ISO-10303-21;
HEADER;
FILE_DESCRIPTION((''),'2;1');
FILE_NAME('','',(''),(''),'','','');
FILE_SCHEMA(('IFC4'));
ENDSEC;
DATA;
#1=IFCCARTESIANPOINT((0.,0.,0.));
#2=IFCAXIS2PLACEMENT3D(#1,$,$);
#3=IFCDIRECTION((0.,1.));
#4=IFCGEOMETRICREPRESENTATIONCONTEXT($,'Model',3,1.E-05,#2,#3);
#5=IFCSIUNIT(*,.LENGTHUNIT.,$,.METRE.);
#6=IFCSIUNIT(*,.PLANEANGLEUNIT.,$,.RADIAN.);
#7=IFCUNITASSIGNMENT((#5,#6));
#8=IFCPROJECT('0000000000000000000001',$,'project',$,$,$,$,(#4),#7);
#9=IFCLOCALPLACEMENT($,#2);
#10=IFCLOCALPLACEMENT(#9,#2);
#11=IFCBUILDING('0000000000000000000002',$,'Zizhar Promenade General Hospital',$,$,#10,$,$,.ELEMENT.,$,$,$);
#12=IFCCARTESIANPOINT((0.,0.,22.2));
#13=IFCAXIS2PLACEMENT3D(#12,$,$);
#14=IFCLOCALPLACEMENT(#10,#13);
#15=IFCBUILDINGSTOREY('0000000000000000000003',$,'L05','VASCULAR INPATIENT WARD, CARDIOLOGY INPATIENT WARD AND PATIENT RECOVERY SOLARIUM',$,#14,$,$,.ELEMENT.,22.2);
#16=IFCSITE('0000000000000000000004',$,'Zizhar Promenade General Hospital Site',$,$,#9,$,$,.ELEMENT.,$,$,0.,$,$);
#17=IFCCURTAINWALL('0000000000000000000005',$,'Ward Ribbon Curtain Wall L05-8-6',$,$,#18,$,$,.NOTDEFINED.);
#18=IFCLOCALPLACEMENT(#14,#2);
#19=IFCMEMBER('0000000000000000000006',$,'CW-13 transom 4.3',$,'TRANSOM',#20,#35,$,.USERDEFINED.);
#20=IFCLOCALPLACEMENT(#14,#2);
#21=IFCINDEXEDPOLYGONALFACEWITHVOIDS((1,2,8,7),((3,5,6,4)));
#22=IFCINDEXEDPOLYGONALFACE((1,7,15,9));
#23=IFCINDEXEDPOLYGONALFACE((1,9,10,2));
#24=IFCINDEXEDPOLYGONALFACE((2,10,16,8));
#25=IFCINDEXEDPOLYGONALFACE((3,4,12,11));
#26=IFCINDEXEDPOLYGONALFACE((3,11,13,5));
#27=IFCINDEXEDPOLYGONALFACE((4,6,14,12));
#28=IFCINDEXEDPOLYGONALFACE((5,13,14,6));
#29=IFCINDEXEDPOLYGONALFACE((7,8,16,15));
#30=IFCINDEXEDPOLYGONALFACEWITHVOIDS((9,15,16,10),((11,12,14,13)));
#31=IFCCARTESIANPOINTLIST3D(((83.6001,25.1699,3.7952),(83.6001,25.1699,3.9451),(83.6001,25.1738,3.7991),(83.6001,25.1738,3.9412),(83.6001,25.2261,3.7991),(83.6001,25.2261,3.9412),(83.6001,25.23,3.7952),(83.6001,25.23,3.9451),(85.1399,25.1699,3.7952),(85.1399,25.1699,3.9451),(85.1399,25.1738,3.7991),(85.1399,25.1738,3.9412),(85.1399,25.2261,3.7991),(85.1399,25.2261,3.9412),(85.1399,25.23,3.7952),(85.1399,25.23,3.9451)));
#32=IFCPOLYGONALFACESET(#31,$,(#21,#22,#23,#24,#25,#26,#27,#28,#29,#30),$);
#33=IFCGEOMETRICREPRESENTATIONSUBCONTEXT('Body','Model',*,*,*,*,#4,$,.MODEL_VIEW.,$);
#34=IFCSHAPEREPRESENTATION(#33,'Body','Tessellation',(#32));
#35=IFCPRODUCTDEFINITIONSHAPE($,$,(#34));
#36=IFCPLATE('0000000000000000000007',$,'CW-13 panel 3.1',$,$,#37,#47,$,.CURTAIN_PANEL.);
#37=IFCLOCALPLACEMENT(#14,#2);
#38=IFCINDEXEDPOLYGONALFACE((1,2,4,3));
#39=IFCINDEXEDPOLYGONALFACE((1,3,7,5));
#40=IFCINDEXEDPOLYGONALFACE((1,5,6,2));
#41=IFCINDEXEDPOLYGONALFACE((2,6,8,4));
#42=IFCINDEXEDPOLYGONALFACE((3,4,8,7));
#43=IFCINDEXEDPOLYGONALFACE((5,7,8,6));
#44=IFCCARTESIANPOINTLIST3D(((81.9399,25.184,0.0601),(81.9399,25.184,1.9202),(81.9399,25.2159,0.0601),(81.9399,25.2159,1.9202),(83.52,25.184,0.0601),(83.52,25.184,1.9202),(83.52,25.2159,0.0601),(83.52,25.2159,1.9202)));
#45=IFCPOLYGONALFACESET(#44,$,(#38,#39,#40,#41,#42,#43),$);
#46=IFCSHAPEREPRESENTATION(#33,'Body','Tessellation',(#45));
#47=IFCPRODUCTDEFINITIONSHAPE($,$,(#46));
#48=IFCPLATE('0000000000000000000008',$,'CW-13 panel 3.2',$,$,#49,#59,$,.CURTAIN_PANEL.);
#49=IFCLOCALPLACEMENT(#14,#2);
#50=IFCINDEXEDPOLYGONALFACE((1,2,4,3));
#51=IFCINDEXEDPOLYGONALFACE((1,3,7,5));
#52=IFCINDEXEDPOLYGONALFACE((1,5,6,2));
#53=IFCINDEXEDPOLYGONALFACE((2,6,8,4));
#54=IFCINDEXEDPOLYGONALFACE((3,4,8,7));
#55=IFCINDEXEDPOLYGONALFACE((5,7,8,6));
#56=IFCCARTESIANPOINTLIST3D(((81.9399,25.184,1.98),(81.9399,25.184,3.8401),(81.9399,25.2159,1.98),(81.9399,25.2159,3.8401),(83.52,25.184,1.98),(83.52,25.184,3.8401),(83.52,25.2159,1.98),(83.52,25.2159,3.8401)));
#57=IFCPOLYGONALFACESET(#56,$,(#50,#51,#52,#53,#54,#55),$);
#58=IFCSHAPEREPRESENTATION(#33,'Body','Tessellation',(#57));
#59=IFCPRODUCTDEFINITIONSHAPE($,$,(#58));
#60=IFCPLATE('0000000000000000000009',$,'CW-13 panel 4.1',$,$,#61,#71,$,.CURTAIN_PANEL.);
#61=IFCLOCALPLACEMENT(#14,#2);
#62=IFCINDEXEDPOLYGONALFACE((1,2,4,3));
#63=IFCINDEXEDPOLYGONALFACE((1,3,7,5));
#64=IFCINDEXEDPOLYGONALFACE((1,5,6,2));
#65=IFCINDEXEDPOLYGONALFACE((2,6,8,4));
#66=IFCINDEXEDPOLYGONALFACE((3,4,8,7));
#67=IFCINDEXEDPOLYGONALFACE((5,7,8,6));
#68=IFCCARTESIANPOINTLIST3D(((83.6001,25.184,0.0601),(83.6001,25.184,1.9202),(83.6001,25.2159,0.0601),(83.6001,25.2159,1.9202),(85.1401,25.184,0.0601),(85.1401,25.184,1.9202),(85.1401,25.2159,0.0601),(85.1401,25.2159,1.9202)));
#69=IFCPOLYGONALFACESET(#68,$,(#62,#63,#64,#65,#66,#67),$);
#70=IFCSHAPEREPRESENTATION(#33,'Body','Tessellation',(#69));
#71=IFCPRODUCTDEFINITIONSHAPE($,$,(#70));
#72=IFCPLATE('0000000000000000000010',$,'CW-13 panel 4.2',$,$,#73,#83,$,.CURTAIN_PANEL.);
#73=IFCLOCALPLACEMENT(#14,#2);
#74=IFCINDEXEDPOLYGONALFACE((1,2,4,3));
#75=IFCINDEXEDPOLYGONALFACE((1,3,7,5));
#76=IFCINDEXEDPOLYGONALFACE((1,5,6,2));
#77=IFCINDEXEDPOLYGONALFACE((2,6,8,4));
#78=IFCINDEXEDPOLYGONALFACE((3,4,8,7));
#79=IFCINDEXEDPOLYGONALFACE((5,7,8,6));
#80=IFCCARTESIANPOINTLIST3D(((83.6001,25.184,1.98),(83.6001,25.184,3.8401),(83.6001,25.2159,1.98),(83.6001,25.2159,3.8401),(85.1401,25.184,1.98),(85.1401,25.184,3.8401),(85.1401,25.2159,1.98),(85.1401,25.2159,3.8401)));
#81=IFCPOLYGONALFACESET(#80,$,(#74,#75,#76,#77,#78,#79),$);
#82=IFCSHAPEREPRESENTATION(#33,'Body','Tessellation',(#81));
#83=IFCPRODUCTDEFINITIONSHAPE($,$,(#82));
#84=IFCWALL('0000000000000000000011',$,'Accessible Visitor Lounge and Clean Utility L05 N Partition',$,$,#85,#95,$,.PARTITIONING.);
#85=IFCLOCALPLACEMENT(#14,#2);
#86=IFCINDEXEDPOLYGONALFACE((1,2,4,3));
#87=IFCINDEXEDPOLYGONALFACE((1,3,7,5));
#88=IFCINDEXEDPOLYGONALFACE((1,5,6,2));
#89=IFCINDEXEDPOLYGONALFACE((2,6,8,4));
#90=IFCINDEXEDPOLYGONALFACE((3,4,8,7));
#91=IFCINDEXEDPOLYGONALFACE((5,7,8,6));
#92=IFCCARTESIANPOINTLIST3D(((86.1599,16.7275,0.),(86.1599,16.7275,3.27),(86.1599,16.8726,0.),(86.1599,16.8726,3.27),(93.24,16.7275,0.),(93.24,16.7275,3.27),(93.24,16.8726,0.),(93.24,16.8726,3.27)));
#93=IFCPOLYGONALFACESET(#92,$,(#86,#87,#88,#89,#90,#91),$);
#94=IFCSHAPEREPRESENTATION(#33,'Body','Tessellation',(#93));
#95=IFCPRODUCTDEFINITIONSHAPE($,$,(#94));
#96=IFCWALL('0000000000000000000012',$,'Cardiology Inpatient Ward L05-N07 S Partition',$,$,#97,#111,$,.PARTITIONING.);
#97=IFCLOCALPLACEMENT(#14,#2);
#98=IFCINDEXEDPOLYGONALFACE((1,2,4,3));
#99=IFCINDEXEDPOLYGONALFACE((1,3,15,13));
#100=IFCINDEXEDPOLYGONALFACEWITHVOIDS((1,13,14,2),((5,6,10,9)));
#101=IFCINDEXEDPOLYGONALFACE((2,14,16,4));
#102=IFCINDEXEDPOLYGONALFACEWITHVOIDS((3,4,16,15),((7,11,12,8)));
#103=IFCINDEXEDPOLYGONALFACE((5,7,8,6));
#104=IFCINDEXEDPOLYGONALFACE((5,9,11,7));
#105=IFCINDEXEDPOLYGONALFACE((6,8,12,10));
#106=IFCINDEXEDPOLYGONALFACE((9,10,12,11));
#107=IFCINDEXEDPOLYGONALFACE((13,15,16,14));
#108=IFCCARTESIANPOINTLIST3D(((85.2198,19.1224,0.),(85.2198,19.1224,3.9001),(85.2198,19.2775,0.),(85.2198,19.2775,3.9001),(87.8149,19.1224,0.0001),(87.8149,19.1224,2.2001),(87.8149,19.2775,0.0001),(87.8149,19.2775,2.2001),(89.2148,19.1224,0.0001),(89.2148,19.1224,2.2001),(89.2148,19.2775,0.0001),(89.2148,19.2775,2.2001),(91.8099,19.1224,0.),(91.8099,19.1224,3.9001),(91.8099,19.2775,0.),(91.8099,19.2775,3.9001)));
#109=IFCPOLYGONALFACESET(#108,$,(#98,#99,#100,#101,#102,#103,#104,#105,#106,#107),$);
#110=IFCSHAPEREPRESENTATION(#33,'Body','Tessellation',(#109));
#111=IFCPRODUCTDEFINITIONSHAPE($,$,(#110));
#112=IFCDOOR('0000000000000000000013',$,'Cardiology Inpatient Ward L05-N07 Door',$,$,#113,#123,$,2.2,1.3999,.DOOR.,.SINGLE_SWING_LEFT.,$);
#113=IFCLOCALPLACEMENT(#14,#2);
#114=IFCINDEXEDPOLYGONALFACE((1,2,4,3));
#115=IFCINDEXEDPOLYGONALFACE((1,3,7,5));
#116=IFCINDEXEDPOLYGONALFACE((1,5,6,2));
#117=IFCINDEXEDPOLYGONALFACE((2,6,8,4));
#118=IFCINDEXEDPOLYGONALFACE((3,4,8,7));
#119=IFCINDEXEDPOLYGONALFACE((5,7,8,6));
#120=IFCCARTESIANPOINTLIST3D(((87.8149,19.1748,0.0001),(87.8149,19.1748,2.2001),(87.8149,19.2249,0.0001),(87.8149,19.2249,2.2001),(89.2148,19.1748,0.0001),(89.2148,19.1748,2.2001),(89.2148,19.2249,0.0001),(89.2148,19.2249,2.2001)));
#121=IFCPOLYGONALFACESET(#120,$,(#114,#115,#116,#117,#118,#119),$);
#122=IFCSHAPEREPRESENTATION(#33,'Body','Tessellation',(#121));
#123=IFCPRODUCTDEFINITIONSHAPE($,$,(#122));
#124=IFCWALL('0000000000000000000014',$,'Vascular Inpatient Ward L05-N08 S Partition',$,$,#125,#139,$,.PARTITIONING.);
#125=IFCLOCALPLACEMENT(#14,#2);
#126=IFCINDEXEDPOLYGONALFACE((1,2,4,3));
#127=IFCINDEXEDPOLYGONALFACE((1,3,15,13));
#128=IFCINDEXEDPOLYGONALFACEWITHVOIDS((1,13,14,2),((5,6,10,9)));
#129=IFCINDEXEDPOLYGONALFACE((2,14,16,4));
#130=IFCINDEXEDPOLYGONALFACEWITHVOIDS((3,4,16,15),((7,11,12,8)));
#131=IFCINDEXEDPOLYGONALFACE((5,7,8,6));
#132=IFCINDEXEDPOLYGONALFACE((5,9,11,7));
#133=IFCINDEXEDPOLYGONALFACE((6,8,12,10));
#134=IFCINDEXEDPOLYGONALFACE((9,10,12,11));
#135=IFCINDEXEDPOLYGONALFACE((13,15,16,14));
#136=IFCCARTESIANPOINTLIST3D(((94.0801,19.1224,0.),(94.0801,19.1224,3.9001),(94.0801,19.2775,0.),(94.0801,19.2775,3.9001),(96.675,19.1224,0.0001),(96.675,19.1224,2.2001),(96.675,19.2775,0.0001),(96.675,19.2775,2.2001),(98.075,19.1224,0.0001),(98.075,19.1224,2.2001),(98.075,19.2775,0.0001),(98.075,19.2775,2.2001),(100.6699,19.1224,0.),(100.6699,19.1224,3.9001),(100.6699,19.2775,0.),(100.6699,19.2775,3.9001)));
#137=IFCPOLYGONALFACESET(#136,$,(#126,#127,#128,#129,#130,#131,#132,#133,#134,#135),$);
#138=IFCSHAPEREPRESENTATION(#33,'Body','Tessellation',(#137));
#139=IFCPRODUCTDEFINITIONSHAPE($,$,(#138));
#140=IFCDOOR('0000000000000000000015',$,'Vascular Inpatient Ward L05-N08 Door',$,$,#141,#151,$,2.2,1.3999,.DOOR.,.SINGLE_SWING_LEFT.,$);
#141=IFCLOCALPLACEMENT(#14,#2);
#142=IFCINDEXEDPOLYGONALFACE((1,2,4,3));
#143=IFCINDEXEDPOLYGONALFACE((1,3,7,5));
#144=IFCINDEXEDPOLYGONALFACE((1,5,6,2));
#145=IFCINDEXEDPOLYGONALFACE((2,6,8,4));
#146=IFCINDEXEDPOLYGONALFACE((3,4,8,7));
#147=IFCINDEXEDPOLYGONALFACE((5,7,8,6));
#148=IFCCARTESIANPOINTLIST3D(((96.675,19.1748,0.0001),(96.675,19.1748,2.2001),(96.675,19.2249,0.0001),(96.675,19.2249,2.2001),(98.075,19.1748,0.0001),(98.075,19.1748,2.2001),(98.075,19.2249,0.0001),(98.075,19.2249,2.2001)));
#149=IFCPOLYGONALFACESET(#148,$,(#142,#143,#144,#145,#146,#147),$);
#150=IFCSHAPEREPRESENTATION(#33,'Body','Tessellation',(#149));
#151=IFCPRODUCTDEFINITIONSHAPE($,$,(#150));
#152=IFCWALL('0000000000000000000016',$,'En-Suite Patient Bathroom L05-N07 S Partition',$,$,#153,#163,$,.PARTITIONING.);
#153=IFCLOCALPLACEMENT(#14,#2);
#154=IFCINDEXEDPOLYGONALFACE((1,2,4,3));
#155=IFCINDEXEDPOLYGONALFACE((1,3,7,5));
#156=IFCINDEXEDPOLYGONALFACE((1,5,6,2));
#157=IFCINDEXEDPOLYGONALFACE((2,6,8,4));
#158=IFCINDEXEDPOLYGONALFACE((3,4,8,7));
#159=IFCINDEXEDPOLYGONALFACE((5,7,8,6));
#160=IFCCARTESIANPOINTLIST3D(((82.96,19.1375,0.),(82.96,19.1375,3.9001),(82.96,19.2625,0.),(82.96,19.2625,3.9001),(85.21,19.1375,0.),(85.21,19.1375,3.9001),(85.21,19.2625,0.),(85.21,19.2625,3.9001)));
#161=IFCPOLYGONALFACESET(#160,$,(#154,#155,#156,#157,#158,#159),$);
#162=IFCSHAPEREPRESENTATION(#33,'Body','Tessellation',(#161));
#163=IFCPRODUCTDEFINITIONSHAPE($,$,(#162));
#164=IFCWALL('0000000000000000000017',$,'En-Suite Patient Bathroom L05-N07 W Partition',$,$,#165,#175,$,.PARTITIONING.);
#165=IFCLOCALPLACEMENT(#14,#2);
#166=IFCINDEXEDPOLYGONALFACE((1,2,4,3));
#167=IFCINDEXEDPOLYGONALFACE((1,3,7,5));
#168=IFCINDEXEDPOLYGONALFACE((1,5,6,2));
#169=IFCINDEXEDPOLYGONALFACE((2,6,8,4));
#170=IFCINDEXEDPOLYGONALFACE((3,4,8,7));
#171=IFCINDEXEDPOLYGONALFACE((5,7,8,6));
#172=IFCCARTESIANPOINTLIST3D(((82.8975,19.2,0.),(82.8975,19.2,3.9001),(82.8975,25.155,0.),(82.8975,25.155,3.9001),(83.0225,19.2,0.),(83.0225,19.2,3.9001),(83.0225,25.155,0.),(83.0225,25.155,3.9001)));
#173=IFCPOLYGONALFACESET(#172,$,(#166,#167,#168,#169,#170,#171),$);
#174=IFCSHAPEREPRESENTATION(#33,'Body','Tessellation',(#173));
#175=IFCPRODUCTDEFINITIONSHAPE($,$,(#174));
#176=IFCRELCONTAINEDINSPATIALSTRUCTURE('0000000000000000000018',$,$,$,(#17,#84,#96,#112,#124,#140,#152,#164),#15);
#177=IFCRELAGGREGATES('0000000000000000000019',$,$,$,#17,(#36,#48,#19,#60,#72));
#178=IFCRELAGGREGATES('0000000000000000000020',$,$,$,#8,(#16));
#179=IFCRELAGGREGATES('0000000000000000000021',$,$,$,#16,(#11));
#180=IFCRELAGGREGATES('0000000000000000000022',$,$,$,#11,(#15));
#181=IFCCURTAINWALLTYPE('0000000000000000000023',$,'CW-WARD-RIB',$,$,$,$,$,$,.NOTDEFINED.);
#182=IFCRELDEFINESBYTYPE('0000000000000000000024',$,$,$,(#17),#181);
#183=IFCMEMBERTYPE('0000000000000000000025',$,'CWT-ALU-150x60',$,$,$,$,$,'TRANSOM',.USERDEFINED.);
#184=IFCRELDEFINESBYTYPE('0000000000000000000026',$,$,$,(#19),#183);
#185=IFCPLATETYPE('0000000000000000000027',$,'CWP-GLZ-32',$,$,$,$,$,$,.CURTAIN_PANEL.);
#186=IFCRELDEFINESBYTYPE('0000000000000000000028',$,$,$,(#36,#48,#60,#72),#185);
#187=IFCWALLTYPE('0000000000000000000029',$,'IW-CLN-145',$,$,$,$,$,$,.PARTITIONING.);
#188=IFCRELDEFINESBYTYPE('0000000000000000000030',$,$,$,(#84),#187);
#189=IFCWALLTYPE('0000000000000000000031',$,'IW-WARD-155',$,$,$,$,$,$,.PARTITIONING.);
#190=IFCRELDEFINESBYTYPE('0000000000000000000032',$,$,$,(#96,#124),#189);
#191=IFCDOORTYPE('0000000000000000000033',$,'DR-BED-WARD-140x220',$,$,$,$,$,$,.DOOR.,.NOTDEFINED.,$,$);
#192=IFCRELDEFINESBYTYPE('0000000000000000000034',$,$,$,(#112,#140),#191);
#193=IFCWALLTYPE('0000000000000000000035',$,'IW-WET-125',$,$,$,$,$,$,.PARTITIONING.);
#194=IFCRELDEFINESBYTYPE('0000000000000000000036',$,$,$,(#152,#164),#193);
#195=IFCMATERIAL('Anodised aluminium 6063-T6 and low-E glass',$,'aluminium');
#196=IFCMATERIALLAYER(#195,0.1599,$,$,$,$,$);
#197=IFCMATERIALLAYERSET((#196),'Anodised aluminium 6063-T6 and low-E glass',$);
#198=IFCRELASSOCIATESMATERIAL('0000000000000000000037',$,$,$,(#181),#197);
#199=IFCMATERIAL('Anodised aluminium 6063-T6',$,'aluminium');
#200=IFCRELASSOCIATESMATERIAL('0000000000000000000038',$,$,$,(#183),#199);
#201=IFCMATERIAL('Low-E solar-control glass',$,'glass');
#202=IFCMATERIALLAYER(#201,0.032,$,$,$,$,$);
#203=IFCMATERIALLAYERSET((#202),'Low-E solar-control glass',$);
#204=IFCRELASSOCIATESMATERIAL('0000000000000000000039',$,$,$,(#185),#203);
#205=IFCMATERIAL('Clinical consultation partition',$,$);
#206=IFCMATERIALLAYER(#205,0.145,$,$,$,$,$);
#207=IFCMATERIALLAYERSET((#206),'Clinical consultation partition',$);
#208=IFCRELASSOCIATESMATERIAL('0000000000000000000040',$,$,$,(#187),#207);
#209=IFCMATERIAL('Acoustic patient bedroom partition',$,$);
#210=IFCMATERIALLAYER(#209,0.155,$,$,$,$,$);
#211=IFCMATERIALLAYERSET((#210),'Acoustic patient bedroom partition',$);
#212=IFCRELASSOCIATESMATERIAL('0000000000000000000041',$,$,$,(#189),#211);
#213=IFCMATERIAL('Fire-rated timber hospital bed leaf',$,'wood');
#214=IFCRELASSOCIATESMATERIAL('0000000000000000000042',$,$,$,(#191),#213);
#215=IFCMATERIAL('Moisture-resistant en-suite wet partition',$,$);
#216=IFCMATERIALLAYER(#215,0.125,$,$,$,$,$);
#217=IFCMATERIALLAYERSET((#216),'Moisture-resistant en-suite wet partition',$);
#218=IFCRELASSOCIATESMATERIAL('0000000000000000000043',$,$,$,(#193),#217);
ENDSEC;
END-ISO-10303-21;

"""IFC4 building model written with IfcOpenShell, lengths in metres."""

from ifc_helpers import new_model, si_unit, direction, frame, frame_2d, origin, origin_2d, place, context, subcontext, project, spatial, rectangle, hollow_rectangle, extrude, material, layer, layer_set, material_profile, profile_set, type_object, element, fill, aggregate, save


model = new_model("IFC4")

# Units and contexts
model_context = context("Model", 3, precision=1e-05, world=origin(), true_north=direction((0.0, 1.0)))
body_context = subcontext(model_context, "Body", "Model", "MODEL_VIEW")
ifc_project = project(units=[si_unit("LENGTHUNIT", "METRE"), si_unit("PLANEANGLEUNIT", "RADIAN")], contexts=[model_context])

# Site, building, storey
site_placement = place(None, origin())
site = spatial("IfcSite", under=ifc_project, at=site_placement, Name="Zizhar Promenade General Hospital Site", CompositionType="ELEMENT", RefElevation=0.0)
building_placement = place(site_placement, origin())
building = spatial("IfcBuilding", under=site, at=building_placement, Name="Zizhar Promenade General Hospital", CompositionType="ELEMENT")
storey_placement = place(building_placement, frame((0.0, 0.0, 22.2)))
storey = spatial("IfcBuildingStorey", under=building, at=storey_placement, Name="L05", Description="VASCULAR INPATIENT WARD, CARDIOLOGY INPATIENT WARD AND PATIENT RECOVERY SOLARIUM", CompositionType="ELEMENT", Elevation=22.2)

# Curtain wall
ifc_material_1 = material(Name="Anodised aluminium 6063-T6 and low-E glass", Category="aluminium")
ifc_layer_1 = layer(ifc_material_1, 0.1599)
ifc_layer_set_1 = layer_set([ifc_layer_1], Name="Anodised aluminium 6063-T6 and low-E glass")
curtain_wall_type = type_object("IfcCurtainWallType", Name="CW-WARD-RIB", PredefinedType="NOTDEFINED", material=ifc_layer_set_1)
curtain_wall_1_placement = place(storey_placement, origin())
curtain_wall_1 = element("IfcCurtainWall", 1, at=curtain_wall_1_placement, inside=storey, type_object=curtain_wall_type, Name="Ward Ribbon Curtain Wall L05-8-6", PredefinedType="NOTDEFINED")

# Member
ifc_material_2 = material(Name="Anodised aluminium 6063-T6", Category="aluminium")
ifc_material_profile_1 = material_profile(ifc_material_2, hollow_rectangle(XDim=0.0601, YDim=0.1499, WallThickness=0.0039, at=origin_2d()))
ifc_profile_set_1 = profile_set([ifc_material_profile_1], Name="Anodised aluminium 6063-T6")
member_type_1 = type_object("IfcMemberType", Name="CWT-ALU-150x60", ElementType="TRANSOM", PredefinedType="USERDEFINED", material=ifc_profile_set_1)
member_1_placement = place(storey_placement, frame((83.6001, 25.2, 3.8701), z_axis=(1.0, 0.0, 0.0), x_axis=(0.0, 1.0, 0.0)))
member_1 = element("IfcMember", 2, at=member_1_placement, type_object=member_type_1, Name="CW-13 transom 4.3", ObjectType="TRANSOM", PredefinedType="USERDEFINED", context=body_context, shape_type="SweptSolid", body=[
    extrude(hollow_rectangle(XDim=0.0601, YDim=0.1499, WallThickness=0.0039, at=origin_2d()), origin(), (0.0, 0.0, 1.0), 1.5398),
])

# Plates
ifc_material_3 = material(Name="Low-E solar-control glass", Category="glass")
ifc_layer_2 = layer(ifc_material_3, 0.032)
ifc_layer_set_2 = layer_set([ifc_layer_2], Name="Low-E solar-control glass")
plate_type = type_object("IfcPlateType", Name="CWP-GLZ-32", PredefinedType="CURTAIN_PANEL", material=ifc_layer_set_2)
plate_1_placement = place(storey_placement, frame((82.73, 25.2, 0.0601), z_axis=(0.0, 0.0, 1.0), x_axis=(1.0, 0.0, 0.0)))
plate_1 = element("IfcPlate", 3, at=plate_1_placement, type_object=plate_type, Name="CW-13 panel 3.1", PredefinedType="CURTAIN_PANEL", context=body_context, shape_type="SweptSolid", body=[
    extrude(rectangle(XDim=1.5801, YDim=0.032, at=origin_2d()), origin(), (0.0, 0.0, 1.0), 1.8601),
])
plate_2_placement = place(storey_placement, frame((82.73, 25.2, 1.98), z_axis=(0.0, 0.0, 1.0), x_axis=(1.0, 0.0, 0.0)))
plate_2 = element("IfcPlate", 4, at=plate_2_placement, type_object=plate_type, Name="CW-13 panel 3.2", PredefinedType="CURTAIN_PANEL", context=body_context, shape_type="SweptSolid", body=[
    extrude(rectangle(XDim=1.5801, YDim=0.032, at=origin_2d()), origin(), (0.0, 0.0, 1.0), 1.8601),
])
plate_3_placement = place(storey_placement, frame((84.3701, 25.2, 0.0601), z_axis=(0.0, 0.0, 1.0), x_axis=(1.0, 0.0, 0.0)))
plate_3 = element("IfcPlate", 5, at=plate_3_placement, type_object=plate_type, Name="CW-13 panel 4.1", PredefinedType="CURTAIN_PANEL", context=body_context, shape_type="SweptSolid", body=[
    extrude(rectangle(XDim=1.54, YDim=0.032, at=origin_2d()), origin(), (0.0, 0.0, 1.0), 1.8601),
])
plate_4_placement = place(storey_placement, frame((84.3701, 25.2, 1.98), z_axis=(0.0, 0.0, 1.0), x_axis=(1.0, 0.0, 0.0)))
plate_4 = element("IfcPlate", 6, at=plate_4_placement, type_object=plate_type, Name="CW-13 panel 4.2", PredefinedType="CURTAIN_PANEL", context=body_context, shape_type="SweptSolid", body=[
    extrude(rectangle(XDim=1.54, YDim=0.032, at=origin_2d()), origin(), (0.0, 0.0, 1.0), 1.8601),
])
aggregate(curtain_wall_1, [plate_1, plate_2, member_1, plate_3, plate_4])

# Wall
ifc_material_4 = material(Name="Clinical consultation partition")
ifc_layer_3 = layer(ifc_material_4, 0.145)
ifc_layer_set_3 = layer_set([ifc_layer_3], Name="Clinical consultation partition")
wall_type_1 = type_object("IfcWallType", Name="IW-CLN-145", PredefinedType="PARTITIONING", material=ifc_layer_set_3)
wall_1_placement = place(storey_placement, frame((86.1599, 16.8, 0.0), z_axis=(0.0, 0.0, 1.0), x_axis=(1.0, 0.0, 0.0)))
element("IfcWall", 7, at=wall_1_placement, inside=storey, type_object=wall_type_1, Name="Accessible Visitor Lounge and Clean Utility L05 N Partition", PredefinedType="PARTITIONING", context=body_context, shape_type="SweptSolid", body=[
    extrude(rectangle(XDim=7.0801, YDim=0.145, at=frame_2d((3.54, 0.0))), origin(), (0.0, 0.0, 1.0), 3.27),
])

# Walls, openings, doors
ifc_material_5 = material(Name="Acoustic patient bedroom partition")
ifc_layer_4 = layer(ifc_material_5, 0.155)
ifc_layer_set_4 = layer_set([ifc_layer_4], Name="Acoustic patient bedroom partition")
wall_type_2 = type_object("IfcWallType", Name="IW-WARD-155", PredefinedType="PARTITIONING", material=ifc_layer_set_4)
wall_2_placement = place(storey_placement, frame((85.22, 19.2, 0.0), z_axis=(0.0, 0.0, 1.0), x_axis=(1.0, 0.0, 0.0)))
wall_2 = element("IfcWall", 8, at=wall_2_placement, inside=storey, type_object=wall_type_2, Name="Cardiology Inpatient Ward L05-N07 S Partition", PredefinedType="PARTITIONING", context=body_context, shape_type="SweptSolid", body=[
    extrude(rectangle(XDim=6.5901, YDim=0.155, at=frame_2d((3.2949, 0.0))), origin(), (0.0, 0.0, 1.0), 3.9001),
])
opening_1_placement = place(wall_2_placement, frame((2.595, 0.0, 0.0)))
opening_1 = element("IfcOpeningElement", 9, at=opening_1_placement, cuts=wall_2, PredefinedType="OPENING", context=body_context, shape_type="SweptSolid", body=[
    extrude(rectangle(XDim=1.3999, YDim=2.2, at=frame_2d((0.7, 1.1001))), frame((0.0, 0.0874, 0.0), z_axis=(0.0, -1.0, 0.0), x_axis=(1.0, 0.0, 0.0)), (0.0, 0.0, 1.0), 0.175),
])
ifc_material_6 = material(Name="Fire-rated timber hospital bed leaf", Category="wood")
door_type_1 = type_object("IfcDoorType", Name="DR-BED-WARD-140x220", OperationType="NOTDEFINED", PredefinedType="DOOR", material=ifc_material_6)
door_1_placement = place(opening_1_placement, origin())
door_1 = element("IfcDoor", 10, at=door_1_placement, inside=storey, type_object=door_type_1, Name="Cardiology Inpatient Ward L05-N07 Door", OperationType="SINGLE_SWING_LEFT", OverallHeight=2.2, OverallWidth=1.3999, PredefinedType="DOOR", context=body_context, shape_type="SweptSolid", body=[
    extrude(rectangle(XDim=1.3999, YDim=2.2, at=frame_2d((0.7, 1.1001))), frame((0.0, 0.0249, 0.0), z_axis=(0.0, -1.0, 0.0), x_axis=(1.0, 0.0, 0.0)), (0.0, 0.0, 1.0), 0.05),
])
fill(opening_1, door_1)
wall_3_placement = place(storey_placement, frame((94.0801, 19.2, 0.0), z_axis=(0.0, 0.0, 1.0), x_axis=(1.0, 0.0, 0.0)))
wall_3 = element("IfcWall", 11, at=wall_3_placement, inside=storey, type_object=wall_type_2, Name="Vascular Inpatient Ward L05-N08 S Partition", PredefinedType="PARTITIONING", context=body_context, shape_type="SweptSolid", body=[
    extrude(rectangle(XDim=6.5898, YDim=0.155, at=frame_2d((3.2949, 0.0))), origin(), (0.0, 0.0, 1.0), 3.9001),
])
opening_2_placement = place(wall_3_placement, frame((2.595, 0.0, 0.0)))
opening_2 = element("IfcOpeningElement", 12, at=opening_2_placement, cuts=wall_3, PredefinedType="OPENING", context=body_context, shape_type="SweptSolid", body=[
    extrude(rectangle(XDim=1.3999, YDim=2.2, at=frame_2d((0.7, 1.1001))), frame((0.0, 0.0874, 0.0), z_axis=(0.0, -1.0, 0.0), x_axis=(1.0, 0.0, 0.0)), (0.0, 0.0, 1.0), 0.175),
])
door_2_placement = place(opening_2_placement, origin())
door_2 = element("IfcDoor", 13, at=door_2_placement, inside=storey, type_object=door_type_1, Name="Vascular Inpatient Ward L05-N08 Door", OperationType="SINGLE_SWING_LEFT", OverallHeight=2.2, OverallWidth=1.3999, PredefinedType="DOOR", context=body_context, shape_type="SweptSolid", body=[
    extrude(rectangle(XDim=1.3999, YDim=2.2, at=frame_2d((0.7, 1.1001))), frame((0.0, 0.0249, 0.0), z_axis=(0.0, -1.0, 0.0), x_axis=(1.0, 0.0, 0.0)), (0.0, 0.0, 1.0), 0.05),
])
fill(opening_2, door_2)

# Walls
ifc_material_7 = material(Name="Moisture-resistant en-suite wet partition")
ifc_layer_5 = layer(ifc_material_7, 0.125)
ifc_layer_set_5 = layer_set([ifc_layer_5], Name="Moisture-resistant en-suite wet partition")
wall_type_3 = type_object("IfcWallType", Name="IW-WET-125", PredefinedType="PARTITIONING", material=ifc_layer_set_5)
wall_4_placement = place(storey_placement, frame((82.96, 19.2, 0.0), z_axis=(0.0, 0.0, 1.0), x_axis=(1.0, 0.0, 0.0)))
element("IfcWall", 14, at=wall_4_placement, inside=storey, type_object=wall_type_3, Name="En-Suite Patient Bathroom L05-N07 S Partition", PredefinedType="PARTITIONING", context=body_context, shape_type="SweptSolid", body=[
    extrude(rectangle(XDim=2.25, YDim=0.125, at=frame_2d((1.125, 0.0))), origin(), (0.0, 0.0, 1.0), 3.9001),
])
wall_5_placement = place(storey_placement, frame((82.96, 19.2, 0.0), z_axis=(0.0, 0.0, 1.0), x_axis=(0.0, 1.0, 0.0)))
element("IfcWall", 15, at=wall_5_placement, inside=storey, type_object=wall_type_3, Name="En-Suite Patient Bathroom L05-N07 W Partition", PredefinedType="PARTITIONING", context=body_context, shape_type="SweptSolid", body=[
    extrude(rectangle(XDim=5.9551, YDim=0.125, at=frame_2d((2.9775, 0.0))), origin(), (0.0, 0.0, 1.0), 3.9001),
])

save(model, "model.ifc")
